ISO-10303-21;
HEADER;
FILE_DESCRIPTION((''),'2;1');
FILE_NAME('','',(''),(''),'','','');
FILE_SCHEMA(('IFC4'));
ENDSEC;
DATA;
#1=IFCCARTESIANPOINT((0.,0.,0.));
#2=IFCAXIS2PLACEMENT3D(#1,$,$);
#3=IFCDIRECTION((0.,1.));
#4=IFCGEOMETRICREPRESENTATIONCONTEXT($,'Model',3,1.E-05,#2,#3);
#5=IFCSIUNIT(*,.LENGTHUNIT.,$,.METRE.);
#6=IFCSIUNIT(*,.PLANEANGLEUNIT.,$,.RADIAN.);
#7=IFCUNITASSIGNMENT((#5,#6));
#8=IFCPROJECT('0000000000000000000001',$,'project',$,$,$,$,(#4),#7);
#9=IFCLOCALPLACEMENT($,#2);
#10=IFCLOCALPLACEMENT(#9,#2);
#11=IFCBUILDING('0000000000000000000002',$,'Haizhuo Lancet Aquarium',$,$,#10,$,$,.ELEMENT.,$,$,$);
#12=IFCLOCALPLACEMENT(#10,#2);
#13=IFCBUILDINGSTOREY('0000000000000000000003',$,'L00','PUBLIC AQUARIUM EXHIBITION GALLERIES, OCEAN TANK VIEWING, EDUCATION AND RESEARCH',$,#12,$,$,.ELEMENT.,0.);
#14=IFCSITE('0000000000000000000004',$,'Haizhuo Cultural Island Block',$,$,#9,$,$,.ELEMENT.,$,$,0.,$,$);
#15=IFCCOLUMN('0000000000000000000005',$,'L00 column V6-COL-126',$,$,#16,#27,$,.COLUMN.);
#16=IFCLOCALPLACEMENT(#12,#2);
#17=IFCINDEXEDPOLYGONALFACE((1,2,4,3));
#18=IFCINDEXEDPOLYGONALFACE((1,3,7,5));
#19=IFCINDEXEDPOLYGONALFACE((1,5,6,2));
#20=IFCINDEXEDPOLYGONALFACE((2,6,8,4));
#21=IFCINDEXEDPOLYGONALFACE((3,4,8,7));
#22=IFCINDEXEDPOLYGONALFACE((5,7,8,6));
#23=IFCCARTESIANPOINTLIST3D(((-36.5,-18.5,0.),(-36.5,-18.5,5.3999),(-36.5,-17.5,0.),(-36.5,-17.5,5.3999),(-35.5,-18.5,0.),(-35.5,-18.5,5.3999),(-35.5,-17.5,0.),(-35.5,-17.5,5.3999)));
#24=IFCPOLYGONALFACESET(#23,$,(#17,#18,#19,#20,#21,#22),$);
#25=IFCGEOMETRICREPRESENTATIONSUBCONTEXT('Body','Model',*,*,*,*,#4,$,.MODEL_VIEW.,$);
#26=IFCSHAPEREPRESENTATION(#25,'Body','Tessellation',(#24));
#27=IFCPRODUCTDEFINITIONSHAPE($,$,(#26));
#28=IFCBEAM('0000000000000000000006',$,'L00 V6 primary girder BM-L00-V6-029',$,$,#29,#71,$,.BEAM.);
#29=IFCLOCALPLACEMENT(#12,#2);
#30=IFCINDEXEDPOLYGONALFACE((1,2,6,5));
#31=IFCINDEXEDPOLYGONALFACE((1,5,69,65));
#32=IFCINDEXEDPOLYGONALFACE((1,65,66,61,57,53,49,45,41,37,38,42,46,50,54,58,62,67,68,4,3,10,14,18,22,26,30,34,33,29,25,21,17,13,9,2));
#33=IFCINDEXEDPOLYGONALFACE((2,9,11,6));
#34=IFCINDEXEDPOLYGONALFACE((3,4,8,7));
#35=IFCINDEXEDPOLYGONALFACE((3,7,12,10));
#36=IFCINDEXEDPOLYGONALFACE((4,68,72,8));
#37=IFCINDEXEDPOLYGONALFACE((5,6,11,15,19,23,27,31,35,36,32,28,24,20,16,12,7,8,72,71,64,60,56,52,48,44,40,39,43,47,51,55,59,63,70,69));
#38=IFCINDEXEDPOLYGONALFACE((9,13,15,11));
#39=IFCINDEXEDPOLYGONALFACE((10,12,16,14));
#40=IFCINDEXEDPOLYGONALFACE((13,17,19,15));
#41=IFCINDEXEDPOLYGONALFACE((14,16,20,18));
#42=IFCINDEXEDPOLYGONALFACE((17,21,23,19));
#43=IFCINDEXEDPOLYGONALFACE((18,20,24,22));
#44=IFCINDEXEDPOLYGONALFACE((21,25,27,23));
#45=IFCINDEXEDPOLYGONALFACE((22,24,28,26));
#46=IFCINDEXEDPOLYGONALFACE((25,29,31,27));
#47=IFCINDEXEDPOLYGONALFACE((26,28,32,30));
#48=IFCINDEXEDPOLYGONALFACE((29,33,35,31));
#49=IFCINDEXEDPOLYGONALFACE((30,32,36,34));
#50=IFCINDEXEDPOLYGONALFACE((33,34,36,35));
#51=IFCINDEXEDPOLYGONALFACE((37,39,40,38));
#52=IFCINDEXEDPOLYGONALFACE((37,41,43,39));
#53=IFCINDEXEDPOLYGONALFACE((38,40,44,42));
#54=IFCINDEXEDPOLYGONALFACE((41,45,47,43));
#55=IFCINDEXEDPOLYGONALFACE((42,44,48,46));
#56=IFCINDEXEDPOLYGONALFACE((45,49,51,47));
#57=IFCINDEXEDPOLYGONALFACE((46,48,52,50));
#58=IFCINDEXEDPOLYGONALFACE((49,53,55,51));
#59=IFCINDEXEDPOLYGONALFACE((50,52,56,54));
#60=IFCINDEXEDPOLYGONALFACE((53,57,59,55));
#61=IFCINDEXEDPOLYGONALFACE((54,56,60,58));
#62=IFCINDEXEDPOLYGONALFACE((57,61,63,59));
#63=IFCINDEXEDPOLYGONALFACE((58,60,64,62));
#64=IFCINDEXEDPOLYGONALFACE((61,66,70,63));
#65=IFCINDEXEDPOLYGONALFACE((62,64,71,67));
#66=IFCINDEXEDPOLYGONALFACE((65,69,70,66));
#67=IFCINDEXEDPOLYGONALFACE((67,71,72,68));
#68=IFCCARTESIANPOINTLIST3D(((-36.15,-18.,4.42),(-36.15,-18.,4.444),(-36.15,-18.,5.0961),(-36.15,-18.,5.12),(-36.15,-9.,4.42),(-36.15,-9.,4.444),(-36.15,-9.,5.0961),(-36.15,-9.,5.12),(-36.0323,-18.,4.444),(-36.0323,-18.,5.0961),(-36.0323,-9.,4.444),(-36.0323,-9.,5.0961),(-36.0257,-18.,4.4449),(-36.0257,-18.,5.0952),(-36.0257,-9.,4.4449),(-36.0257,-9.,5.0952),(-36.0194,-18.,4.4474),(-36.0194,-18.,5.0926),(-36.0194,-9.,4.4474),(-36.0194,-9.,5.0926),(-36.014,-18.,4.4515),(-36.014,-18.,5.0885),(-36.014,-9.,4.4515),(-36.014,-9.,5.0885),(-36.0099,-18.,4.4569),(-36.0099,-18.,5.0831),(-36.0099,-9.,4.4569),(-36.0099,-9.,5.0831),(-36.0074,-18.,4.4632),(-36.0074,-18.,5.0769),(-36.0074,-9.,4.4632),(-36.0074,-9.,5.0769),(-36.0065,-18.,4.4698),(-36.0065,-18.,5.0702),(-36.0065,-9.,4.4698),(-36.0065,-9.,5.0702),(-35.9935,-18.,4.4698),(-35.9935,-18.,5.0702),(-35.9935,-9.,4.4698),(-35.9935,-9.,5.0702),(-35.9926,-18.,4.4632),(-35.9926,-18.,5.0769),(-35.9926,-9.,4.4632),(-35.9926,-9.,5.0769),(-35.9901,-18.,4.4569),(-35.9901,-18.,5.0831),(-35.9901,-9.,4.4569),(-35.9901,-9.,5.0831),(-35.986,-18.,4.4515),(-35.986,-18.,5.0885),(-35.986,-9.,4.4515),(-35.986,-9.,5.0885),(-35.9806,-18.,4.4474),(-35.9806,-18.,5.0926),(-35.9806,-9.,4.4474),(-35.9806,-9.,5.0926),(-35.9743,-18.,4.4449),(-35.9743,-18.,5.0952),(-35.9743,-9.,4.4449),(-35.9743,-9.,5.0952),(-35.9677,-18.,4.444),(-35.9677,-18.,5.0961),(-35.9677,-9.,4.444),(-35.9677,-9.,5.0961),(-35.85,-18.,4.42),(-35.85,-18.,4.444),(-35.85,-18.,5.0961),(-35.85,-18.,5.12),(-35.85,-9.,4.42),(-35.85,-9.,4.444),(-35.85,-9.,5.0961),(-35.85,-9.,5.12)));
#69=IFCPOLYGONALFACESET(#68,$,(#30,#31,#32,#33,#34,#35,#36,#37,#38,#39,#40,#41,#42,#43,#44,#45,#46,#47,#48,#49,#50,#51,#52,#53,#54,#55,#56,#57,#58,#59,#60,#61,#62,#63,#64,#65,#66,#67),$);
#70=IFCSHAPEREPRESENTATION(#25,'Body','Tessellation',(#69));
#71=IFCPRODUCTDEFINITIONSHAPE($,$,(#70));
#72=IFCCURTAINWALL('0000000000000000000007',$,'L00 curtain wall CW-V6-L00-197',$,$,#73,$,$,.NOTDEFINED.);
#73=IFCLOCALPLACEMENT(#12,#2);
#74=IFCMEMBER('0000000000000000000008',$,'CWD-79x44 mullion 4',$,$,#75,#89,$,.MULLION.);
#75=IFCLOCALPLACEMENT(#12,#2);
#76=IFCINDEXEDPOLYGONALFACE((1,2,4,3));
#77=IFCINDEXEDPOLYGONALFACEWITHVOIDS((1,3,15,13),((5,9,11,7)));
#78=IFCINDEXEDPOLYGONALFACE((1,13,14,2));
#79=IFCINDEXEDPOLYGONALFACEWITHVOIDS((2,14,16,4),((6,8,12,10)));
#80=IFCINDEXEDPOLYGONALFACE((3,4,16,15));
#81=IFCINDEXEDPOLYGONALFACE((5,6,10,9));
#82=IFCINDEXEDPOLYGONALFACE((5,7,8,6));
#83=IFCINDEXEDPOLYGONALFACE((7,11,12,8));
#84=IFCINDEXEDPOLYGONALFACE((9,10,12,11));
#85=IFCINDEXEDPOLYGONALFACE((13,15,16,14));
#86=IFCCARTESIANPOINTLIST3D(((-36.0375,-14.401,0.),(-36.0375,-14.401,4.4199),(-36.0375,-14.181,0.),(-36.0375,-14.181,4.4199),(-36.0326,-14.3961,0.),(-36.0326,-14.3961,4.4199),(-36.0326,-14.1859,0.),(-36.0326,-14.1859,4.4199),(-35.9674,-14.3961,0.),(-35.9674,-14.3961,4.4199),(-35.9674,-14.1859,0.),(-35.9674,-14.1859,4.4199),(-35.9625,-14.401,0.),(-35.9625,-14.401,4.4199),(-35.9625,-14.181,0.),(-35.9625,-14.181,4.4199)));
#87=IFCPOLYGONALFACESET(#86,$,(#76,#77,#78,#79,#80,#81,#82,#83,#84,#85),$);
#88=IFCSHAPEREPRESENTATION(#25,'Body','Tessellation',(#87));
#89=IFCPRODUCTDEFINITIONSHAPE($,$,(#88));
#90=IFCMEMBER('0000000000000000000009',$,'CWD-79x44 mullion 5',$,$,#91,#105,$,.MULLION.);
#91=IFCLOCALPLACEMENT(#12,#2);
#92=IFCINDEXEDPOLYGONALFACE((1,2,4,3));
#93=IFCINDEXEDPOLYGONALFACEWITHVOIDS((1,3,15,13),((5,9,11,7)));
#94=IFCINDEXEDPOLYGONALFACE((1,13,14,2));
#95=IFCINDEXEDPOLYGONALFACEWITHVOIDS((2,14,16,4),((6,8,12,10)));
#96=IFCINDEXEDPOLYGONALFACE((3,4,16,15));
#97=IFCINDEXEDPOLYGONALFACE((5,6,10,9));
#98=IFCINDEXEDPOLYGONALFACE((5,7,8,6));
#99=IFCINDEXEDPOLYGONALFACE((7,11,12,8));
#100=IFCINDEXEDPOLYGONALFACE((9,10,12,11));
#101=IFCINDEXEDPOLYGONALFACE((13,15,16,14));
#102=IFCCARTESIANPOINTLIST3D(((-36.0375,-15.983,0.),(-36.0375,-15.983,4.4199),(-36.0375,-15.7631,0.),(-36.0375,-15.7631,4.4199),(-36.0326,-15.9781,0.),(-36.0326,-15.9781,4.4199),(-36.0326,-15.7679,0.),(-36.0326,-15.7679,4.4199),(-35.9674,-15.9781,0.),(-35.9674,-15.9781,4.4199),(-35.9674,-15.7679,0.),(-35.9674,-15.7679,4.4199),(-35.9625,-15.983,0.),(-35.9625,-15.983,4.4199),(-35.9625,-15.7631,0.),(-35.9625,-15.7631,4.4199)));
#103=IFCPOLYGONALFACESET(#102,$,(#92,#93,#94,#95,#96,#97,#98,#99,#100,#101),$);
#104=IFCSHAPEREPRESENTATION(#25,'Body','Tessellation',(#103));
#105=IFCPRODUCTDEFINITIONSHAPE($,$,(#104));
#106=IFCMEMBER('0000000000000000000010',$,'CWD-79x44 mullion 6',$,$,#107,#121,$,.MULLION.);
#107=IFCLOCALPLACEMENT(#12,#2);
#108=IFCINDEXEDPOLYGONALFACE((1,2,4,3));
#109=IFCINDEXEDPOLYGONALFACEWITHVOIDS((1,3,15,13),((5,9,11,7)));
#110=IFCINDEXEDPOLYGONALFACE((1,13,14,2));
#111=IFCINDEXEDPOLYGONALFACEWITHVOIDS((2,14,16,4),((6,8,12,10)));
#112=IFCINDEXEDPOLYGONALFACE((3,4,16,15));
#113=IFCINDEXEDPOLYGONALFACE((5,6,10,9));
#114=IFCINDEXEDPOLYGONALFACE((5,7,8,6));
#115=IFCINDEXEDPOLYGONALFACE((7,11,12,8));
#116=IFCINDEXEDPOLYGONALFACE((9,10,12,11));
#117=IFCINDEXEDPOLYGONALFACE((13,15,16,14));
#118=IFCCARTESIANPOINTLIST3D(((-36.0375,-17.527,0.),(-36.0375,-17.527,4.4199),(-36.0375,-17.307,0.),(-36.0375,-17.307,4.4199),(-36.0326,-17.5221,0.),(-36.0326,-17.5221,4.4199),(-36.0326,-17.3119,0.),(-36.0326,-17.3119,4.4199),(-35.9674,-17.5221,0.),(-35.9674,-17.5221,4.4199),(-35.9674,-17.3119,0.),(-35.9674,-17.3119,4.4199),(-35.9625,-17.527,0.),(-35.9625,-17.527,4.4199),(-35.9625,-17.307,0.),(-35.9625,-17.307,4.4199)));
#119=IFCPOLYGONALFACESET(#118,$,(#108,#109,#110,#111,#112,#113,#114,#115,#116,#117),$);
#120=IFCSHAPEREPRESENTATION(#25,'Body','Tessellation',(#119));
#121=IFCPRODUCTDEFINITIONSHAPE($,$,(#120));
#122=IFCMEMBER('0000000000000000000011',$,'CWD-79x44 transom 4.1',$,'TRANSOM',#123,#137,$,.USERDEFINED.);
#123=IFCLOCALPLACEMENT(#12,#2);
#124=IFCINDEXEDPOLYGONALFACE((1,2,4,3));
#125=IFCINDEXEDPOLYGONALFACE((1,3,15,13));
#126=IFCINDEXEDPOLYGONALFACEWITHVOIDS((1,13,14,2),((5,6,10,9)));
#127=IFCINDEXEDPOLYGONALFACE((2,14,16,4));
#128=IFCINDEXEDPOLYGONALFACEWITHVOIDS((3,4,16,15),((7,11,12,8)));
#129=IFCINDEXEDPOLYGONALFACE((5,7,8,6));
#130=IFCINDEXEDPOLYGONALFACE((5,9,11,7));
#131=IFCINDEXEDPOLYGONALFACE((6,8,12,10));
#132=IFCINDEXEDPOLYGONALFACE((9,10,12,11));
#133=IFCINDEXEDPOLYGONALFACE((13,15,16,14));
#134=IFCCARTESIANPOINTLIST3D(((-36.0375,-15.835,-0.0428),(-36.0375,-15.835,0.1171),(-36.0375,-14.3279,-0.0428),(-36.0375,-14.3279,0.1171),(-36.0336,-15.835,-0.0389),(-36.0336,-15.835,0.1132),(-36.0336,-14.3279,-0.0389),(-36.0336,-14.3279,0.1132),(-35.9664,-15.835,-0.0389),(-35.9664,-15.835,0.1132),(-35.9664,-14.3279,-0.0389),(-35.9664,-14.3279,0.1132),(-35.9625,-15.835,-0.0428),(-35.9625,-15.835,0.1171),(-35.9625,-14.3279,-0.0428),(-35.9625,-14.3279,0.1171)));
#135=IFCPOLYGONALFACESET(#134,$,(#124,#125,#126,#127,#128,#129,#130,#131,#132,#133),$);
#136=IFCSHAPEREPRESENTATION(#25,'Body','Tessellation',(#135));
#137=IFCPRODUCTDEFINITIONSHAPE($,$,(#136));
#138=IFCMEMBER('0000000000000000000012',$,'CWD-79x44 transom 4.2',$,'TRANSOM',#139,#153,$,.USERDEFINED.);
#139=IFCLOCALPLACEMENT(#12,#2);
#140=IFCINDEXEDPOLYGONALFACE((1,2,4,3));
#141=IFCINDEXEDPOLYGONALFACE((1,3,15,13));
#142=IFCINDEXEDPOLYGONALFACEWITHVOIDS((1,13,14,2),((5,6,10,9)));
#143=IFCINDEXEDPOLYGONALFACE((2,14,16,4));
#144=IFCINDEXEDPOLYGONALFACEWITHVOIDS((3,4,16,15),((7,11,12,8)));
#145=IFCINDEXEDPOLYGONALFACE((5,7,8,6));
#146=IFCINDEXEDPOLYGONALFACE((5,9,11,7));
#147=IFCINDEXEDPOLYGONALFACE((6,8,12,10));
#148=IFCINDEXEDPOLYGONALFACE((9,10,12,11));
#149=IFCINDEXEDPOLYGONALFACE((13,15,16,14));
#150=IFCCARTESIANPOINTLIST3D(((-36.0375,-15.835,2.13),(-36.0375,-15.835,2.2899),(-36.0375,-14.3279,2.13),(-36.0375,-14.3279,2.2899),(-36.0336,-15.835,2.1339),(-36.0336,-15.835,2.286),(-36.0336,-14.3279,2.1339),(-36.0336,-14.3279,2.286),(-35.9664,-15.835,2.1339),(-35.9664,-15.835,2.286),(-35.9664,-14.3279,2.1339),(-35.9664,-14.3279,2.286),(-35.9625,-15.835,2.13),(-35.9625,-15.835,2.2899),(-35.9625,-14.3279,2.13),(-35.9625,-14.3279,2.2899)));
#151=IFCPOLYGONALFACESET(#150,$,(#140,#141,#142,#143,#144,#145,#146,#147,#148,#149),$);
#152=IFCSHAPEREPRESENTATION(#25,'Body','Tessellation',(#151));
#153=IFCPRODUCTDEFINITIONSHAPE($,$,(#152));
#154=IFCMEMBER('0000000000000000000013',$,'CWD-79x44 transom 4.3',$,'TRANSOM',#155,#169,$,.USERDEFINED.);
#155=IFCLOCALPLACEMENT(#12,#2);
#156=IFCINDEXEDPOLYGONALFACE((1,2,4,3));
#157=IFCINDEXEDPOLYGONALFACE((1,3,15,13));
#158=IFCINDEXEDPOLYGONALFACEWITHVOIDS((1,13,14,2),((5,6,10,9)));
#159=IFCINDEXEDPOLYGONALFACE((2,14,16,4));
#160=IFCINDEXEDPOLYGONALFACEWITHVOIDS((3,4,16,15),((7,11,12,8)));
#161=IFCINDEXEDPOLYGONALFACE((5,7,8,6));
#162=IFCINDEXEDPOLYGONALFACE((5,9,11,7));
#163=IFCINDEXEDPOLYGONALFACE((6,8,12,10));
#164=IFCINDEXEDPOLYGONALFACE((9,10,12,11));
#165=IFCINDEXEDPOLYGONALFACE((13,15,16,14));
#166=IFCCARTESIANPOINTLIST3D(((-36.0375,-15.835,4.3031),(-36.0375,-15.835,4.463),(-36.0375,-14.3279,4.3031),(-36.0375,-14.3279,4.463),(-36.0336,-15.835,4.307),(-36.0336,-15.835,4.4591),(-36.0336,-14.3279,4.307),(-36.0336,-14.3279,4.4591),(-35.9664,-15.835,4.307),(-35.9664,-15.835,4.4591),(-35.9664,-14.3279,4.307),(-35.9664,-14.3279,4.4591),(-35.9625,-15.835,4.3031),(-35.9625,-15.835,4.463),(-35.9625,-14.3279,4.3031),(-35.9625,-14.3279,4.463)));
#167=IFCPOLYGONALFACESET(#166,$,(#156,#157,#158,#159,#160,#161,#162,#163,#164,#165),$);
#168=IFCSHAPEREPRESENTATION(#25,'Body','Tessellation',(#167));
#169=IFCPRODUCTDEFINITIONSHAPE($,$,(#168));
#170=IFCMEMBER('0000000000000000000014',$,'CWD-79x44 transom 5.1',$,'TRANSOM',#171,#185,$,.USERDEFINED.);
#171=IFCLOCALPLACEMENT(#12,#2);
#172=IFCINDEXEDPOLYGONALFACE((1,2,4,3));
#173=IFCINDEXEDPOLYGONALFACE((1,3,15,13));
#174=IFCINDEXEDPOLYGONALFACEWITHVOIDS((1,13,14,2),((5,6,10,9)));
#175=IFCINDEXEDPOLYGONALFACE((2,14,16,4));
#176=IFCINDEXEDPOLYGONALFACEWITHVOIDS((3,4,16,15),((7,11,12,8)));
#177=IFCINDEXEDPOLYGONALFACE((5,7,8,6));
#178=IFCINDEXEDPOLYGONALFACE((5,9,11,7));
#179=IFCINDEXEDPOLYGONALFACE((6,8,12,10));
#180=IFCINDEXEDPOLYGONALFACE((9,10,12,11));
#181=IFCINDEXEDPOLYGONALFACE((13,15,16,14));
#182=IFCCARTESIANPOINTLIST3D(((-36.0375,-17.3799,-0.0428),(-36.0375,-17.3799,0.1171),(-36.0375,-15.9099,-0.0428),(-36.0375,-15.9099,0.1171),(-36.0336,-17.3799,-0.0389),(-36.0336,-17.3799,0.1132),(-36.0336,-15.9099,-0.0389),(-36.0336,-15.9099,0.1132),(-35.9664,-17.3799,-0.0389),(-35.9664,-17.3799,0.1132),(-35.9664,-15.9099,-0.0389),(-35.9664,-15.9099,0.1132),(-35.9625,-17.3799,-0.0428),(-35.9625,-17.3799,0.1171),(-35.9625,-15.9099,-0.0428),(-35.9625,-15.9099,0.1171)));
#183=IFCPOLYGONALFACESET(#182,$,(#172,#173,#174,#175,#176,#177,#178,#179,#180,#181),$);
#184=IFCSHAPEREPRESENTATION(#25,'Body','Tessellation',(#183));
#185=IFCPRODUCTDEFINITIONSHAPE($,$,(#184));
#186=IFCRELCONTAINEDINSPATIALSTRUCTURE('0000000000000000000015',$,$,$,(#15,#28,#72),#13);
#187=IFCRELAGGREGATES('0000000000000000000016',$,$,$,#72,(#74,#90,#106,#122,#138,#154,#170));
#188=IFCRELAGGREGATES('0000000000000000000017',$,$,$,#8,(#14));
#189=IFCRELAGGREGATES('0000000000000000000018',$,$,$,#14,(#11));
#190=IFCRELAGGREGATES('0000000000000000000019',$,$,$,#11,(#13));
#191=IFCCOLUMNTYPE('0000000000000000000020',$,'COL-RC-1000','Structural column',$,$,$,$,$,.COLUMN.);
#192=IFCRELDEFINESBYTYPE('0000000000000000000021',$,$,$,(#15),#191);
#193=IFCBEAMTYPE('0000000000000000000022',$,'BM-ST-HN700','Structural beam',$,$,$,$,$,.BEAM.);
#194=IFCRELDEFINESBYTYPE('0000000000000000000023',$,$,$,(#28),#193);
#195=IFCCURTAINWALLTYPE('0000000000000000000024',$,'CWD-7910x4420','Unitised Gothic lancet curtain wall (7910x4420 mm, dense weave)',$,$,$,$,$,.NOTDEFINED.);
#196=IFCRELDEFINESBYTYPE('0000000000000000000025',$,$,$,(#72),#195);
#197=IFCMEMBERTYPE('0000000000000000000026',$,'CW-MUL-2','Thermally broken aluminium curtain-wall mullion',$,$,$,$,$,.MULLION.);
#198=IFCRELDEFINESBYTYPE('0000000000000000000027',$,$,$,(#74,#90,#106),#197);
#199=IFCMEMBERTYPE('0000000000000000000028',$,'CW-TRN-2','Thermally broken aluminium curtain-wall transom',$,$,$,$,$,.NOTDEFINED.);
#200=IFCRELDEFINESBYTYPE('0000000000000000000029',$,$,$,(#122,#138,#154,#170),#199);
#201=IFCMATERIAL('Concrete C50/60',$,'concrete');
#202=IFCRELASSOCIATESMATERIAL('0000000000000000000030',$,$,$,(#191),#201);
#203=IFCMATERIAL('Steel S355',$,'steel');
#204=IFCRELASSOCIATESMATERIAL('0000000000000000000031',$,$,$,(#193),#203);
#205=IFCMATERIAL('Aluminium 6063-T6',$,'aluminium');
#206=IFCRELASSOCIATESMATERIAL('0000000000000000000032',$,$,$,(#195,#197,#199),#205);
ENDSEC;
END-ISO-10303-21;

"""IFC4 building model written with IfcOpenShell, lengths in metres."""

from ifc_helpers import new_model, si_unit, direction, frame, origin, origin_2d, place, context, subcontext, project, spatial, rectangle, hollow_rectangle, i_section, extrude, material, material_profile, profile_set, type_object, element, aggregate, save


model = new_model("IFC4")

# Units and contexts
model_context = context("Model", 3, precision=1e-05, world=origin(), true_north=direction((0.0, 1.0)))
body_context = subcontext(model_context, "Body", "Model", "MODEL_VIEW")
ifc_project = project(units=[si_unit("LENGTHUNIT", "METRE"), si_unit("PLANEANGLEUNIT", "RADIAN")], contexts=[model_context])

# Site, building, storey
site_placement = place(None, origin())
site = spatial("IfcSite", under=ifc_project, at=site_placement, Name="Haizhuo Cultural Island Block", CompositionType="ELEMENT", RefElevation=0.0)
building_placement = place(site_placement, origin())
building = spatial("IfcBuilding", under=site, at=building_placement, Name="Haizhuo Lancet Aquarium", CompositionType="ELEMENT")
storey_placement = place(building_placement, origin())
storey = spatial("IfcBuildingStorey", under=building, at=storey_placement, Name="L00", Description="PUBLIC AQUARIUM EXHIBITION GALLERIES, OCEAN TANK VIEWING, EDUCATION AND RESEARCH", CompositionType="ELEMENT", Elevation=0.0)

# Column
ifc_material_1 = material(Name="Concrete C50/60", Category="concrete")
ifc_material_profile_1 = material_profile(ifc_material_1, rectangle(XDim=1.0, YDim=1.0, at=origin_2d()), Name="RC-COL 1000x1000")
ifc_profile_set_1 = profile_set([ifc_material_profile_1], Name="Concrete C50/60")
column_type = type_object("IfcColumnType", Name="COL-RC-1000", Description="Structural column", PredefinedType="COLUMN", material=ifc_profile_set_1)
column_placement = place(storey_placement, frame((-36.0, -18.0, 0.0), z_axis=(0.0, 0.0, 1.0), x_axis=(1.0, 0.0, 0.0)))
element("IfcColumn", 1, at=column_placement, inside=storey, type_object=column_type, Name="L00 column V6-COL-126", PredefinedType="COLUMN", context=body_context, shape_type="SweptSolid", body=[
    extrude(rectangle(XDim=1.0, YDim=1.0, at=origin_2d()), origin(), (0.0, 0.0, 1.0), 5.3999),
])

# Beam
ifc_material_2 = material(Name="Steel S355", Category="steel")
ifc_material_profile_2 = material_profile(ifc_material_2, i_section(OverallWidth=0.3, OverallDepth=0.7, WebThickness=0.0129, FlangeThickness=0.0239, FilletRadius=0.0259, at=origin_2d()), Name="HN 700x300x13x24")
ifc_profile_set_2 = profile_set([ifc_material_profile_2], Name="Steel S355")
beam_type = type_object("IfcBeamType", Name="BM-ST-HN700", Description="Structural beam", PredefinedType="BEAM", material=ifc_profile_set_2)
beam_placement = place(storey_placement, frame((-36.0, -18.0, 4.77), z_axis=(0.0, 1.0, 0.0), x_axis=(-1.0, 0.0, 0.0)))
element("IfcBeam", 2, at=beam_placement, inside=storey, type_object=beam_type, Name="L00 V6 primary girder BM-L00-V6-029", PredefinedType="BEAM", context=body_context, shape_type="SweptSolid", body=[
    extrude(i_section(OverallWidth=0.3, OverallDepth=0.7, WebThickness=0.0129, FlangeThickness=0.0239, FilletRadius=0.0259, at=origin_2d()), origin(), (0.0, 0.0, 1.0), 9.0),
])

# Curtain wall, members
ifc_material_3 = material(Name="Aluminium 6063-T6", Category="aluminium")
curtain_wall_type = type_object("IfcCurtainWallType", Name="CWD-7910x4420", Description="Unitised Gothic lancet curtain wall (7910x4420 mm, dense weave)", PredefinedType="NOTDEFINED", material=ifc_material_3)
curtain_wall_placement = place(storey_placement, origin())
curtain_wall = element("IfcCurtainWall", 3, at=curtain_wall_placement, inside=storey, type_object=curtain_wall_type, Name="L00 curtain wall CW-V6-L00-197", PredefinedType="NOTDEFINED")
ifc_material_profile_3 = material_profile(ifc_material_3, hollow_rectangle(XDim=0.075, YDim=0.22, WallThickness=0.0049, at=origin_2d()), Name="ALU-M 75x220x5")
ifc_profile_set_3 = profile_set([ifc_material_profile_3], Name="Aluminium 6063-T6")
member_type_1 = type_object("IfcMemberType", Name="CW-MUL-2", Description="Thermally broken aluminium curtain-wall mullion", PredefinedType="MULLION", material=ifc_profile_set_3)
member_1_placement = place(storey_placement, frame((-36.0, -14.291, 0.0), z_axis=(0.0, 0.0, 1.0), x_axis=(1.0, 0.0, 0.0)))
member_1 = element("IfcMember", 4, at=member_1_placement, type_object=member_type_1, Name="CWD-79x44 mullion 4", PredefinedType="MULLION", context=body_context, shape_type="SweptSolid", body=[
    extrude(hollow_rectangle(XDim=0.075, YDim=0.22, WallThickness=0.0049, at=origin_2d()), origin(), (0.0, 0.0, 1.0), 4.4199),
])
member_2_placement = place(storey_placement, frame((-36.0, -15.873, 0.0), z_axis=(0.0, 0.0, 1.0), x_axis=(1.0, 0.0, 0.0)))
member_2 = element("IfcMember", 5, at=member_2_placement, type_object=member_type_1, Name="CWD-79x44 mullion 5", PredefinedType="MULLION", context=body_context, shape_type="SweptSolid", body=[
    extrude(hollow_rectangle(XDim=0.075, YDim=0.22, WallThickness=0.0049, at=origin_2d()), origin(), (0.0, 0.0, 1.0), 4.4199),
])
member_3_placement = place(storey_placement, frame((-36.0, -17.417, 0.0), z_axis=(0.0, 0.0, 1.0), x_axis=(1.0, 0.0, 0.0)))
member_3 = element("IfcMember", 6, at=member_3_placement, type_object=member_type_1, Name="CWD-79x44 mullion 6", PredefinedType="MULLION", context=body_context, shape_type="SweptSolid", body=[
    extrude(hollow_rectangle(XDim=0.075, YDim=0.22, WallThickness=0.0049, at=origin_2d()), origin(), (0.0, 0.0, 1.0), 4.4199),
])
ifc_material_profile_4 = material_profile(ifc_material_3, hollow_rectangle(XDim=0.075, YDim=0.1599, WallThickness=0.0039, at=origin_2d()), Name="ALU-T 75x160x4")
ifc_profile_set_4 = profile_set([ifc_material_profile_4], Name="Aluminium 6063-T6")
member_type_2 = type_object("IfcMemberType", Name="CW-TRN-2", Description="Thermally broken aluminium curtain-wall transom", PredefinedType="NOTDEFINED", material=ifc_profile_set_4)
member_4_placement = place(storey_placement, frame((-36.0, -14.3279, 0.0371), z_axis=(0.0, -1.0, 0.0), x_axis=(1.0, 0.0, 0.0)))
member_4 = element("IfcMember", 7, at=member_4_placement, type_object=member_type_2, Name="CWD-79x44 transom 4.1", ObjectType="TRANSOM", PredefinedType="USERDEFINED", context=body_context, shape_type="SweptSolid", body=[
    extrude(hollow_rectangle(XDim=0.075, YDim=0.1599, WallThickness=0.0039, at=origin_2d()), origin(), (0.0, 0.0, 1.0), 1.5071),
])
member_5_placement = place(storey_placement, frame((-36.0, -14.3279, 2.21), z_axis=(0.0, -1.0, 0.0), x_axis=(1.0, 0.0, 0.0)))
member_5 = element("IfcMember", 8, at=member_5_placement, type_object=member_type_2, Name="CWD-79x44 transom 4.2", ObjectType="TRANSOM", PredefinedType="USERDEFINED", context=body_context, shape_type="SweptSolid", body=[
    extrude(hollow_rectangle(XDim=0.075, YDim=0.1599, WallThickness=0.0039, at=origin_2d()), origin(), (0.0, 0.0, 1.0), 1.5071),
])
member_6_placement = place(storey_placement, frame((-36.0, -14.3279, 4.3831), z_axis=(0.0, -1.0, 0.0), x_axis=(1.0, 0.0, 0.0)))
member_6 = element("IfcMember", 9, at=member_6_placement, type_object=member_type_2, Name="CWD-79x44 transom 4.3", ObjectType="TRANSOM", PredefinedType="USERDEFINED", context=body_context, shape_type="SweptSolid", body=[
    extrude(hollow_rectangle(XDim=0.075, YDim=0.1599, WallThickness=0.0039, at=origin_2d()), origin(), (0.0, 0.0, 1.0), 1.5071),
])
member_7_placement = place(storey_placement, frame((-36.0, -15.9099, 0.0371), z_axis=(0.0, -1.0, 0.0), x_axis=(1.0, 0.0, 0.0)))
member_7 = element("IfcMember", 10, at=member_7_placement, type_object=member_type_2, Name="CWD-79x44 transom 5.1", ObjectType="TRANSOM", PredefinedType="USERDEFINED", context=body_context, shape_type="SweptSolid", body=[
    extrude(hollow_rectangle(XDim=0.075, YDim=0.1599, WallThickness=0.0039, at=origin_2d()), origin(), (0.0, 0.0, 1.0), 1.47),
])

aggregate(curtain_wall, [member_1, member_2, member_3, member_4, member_5, member_6, member_7])

save(model, "model.ifc")
